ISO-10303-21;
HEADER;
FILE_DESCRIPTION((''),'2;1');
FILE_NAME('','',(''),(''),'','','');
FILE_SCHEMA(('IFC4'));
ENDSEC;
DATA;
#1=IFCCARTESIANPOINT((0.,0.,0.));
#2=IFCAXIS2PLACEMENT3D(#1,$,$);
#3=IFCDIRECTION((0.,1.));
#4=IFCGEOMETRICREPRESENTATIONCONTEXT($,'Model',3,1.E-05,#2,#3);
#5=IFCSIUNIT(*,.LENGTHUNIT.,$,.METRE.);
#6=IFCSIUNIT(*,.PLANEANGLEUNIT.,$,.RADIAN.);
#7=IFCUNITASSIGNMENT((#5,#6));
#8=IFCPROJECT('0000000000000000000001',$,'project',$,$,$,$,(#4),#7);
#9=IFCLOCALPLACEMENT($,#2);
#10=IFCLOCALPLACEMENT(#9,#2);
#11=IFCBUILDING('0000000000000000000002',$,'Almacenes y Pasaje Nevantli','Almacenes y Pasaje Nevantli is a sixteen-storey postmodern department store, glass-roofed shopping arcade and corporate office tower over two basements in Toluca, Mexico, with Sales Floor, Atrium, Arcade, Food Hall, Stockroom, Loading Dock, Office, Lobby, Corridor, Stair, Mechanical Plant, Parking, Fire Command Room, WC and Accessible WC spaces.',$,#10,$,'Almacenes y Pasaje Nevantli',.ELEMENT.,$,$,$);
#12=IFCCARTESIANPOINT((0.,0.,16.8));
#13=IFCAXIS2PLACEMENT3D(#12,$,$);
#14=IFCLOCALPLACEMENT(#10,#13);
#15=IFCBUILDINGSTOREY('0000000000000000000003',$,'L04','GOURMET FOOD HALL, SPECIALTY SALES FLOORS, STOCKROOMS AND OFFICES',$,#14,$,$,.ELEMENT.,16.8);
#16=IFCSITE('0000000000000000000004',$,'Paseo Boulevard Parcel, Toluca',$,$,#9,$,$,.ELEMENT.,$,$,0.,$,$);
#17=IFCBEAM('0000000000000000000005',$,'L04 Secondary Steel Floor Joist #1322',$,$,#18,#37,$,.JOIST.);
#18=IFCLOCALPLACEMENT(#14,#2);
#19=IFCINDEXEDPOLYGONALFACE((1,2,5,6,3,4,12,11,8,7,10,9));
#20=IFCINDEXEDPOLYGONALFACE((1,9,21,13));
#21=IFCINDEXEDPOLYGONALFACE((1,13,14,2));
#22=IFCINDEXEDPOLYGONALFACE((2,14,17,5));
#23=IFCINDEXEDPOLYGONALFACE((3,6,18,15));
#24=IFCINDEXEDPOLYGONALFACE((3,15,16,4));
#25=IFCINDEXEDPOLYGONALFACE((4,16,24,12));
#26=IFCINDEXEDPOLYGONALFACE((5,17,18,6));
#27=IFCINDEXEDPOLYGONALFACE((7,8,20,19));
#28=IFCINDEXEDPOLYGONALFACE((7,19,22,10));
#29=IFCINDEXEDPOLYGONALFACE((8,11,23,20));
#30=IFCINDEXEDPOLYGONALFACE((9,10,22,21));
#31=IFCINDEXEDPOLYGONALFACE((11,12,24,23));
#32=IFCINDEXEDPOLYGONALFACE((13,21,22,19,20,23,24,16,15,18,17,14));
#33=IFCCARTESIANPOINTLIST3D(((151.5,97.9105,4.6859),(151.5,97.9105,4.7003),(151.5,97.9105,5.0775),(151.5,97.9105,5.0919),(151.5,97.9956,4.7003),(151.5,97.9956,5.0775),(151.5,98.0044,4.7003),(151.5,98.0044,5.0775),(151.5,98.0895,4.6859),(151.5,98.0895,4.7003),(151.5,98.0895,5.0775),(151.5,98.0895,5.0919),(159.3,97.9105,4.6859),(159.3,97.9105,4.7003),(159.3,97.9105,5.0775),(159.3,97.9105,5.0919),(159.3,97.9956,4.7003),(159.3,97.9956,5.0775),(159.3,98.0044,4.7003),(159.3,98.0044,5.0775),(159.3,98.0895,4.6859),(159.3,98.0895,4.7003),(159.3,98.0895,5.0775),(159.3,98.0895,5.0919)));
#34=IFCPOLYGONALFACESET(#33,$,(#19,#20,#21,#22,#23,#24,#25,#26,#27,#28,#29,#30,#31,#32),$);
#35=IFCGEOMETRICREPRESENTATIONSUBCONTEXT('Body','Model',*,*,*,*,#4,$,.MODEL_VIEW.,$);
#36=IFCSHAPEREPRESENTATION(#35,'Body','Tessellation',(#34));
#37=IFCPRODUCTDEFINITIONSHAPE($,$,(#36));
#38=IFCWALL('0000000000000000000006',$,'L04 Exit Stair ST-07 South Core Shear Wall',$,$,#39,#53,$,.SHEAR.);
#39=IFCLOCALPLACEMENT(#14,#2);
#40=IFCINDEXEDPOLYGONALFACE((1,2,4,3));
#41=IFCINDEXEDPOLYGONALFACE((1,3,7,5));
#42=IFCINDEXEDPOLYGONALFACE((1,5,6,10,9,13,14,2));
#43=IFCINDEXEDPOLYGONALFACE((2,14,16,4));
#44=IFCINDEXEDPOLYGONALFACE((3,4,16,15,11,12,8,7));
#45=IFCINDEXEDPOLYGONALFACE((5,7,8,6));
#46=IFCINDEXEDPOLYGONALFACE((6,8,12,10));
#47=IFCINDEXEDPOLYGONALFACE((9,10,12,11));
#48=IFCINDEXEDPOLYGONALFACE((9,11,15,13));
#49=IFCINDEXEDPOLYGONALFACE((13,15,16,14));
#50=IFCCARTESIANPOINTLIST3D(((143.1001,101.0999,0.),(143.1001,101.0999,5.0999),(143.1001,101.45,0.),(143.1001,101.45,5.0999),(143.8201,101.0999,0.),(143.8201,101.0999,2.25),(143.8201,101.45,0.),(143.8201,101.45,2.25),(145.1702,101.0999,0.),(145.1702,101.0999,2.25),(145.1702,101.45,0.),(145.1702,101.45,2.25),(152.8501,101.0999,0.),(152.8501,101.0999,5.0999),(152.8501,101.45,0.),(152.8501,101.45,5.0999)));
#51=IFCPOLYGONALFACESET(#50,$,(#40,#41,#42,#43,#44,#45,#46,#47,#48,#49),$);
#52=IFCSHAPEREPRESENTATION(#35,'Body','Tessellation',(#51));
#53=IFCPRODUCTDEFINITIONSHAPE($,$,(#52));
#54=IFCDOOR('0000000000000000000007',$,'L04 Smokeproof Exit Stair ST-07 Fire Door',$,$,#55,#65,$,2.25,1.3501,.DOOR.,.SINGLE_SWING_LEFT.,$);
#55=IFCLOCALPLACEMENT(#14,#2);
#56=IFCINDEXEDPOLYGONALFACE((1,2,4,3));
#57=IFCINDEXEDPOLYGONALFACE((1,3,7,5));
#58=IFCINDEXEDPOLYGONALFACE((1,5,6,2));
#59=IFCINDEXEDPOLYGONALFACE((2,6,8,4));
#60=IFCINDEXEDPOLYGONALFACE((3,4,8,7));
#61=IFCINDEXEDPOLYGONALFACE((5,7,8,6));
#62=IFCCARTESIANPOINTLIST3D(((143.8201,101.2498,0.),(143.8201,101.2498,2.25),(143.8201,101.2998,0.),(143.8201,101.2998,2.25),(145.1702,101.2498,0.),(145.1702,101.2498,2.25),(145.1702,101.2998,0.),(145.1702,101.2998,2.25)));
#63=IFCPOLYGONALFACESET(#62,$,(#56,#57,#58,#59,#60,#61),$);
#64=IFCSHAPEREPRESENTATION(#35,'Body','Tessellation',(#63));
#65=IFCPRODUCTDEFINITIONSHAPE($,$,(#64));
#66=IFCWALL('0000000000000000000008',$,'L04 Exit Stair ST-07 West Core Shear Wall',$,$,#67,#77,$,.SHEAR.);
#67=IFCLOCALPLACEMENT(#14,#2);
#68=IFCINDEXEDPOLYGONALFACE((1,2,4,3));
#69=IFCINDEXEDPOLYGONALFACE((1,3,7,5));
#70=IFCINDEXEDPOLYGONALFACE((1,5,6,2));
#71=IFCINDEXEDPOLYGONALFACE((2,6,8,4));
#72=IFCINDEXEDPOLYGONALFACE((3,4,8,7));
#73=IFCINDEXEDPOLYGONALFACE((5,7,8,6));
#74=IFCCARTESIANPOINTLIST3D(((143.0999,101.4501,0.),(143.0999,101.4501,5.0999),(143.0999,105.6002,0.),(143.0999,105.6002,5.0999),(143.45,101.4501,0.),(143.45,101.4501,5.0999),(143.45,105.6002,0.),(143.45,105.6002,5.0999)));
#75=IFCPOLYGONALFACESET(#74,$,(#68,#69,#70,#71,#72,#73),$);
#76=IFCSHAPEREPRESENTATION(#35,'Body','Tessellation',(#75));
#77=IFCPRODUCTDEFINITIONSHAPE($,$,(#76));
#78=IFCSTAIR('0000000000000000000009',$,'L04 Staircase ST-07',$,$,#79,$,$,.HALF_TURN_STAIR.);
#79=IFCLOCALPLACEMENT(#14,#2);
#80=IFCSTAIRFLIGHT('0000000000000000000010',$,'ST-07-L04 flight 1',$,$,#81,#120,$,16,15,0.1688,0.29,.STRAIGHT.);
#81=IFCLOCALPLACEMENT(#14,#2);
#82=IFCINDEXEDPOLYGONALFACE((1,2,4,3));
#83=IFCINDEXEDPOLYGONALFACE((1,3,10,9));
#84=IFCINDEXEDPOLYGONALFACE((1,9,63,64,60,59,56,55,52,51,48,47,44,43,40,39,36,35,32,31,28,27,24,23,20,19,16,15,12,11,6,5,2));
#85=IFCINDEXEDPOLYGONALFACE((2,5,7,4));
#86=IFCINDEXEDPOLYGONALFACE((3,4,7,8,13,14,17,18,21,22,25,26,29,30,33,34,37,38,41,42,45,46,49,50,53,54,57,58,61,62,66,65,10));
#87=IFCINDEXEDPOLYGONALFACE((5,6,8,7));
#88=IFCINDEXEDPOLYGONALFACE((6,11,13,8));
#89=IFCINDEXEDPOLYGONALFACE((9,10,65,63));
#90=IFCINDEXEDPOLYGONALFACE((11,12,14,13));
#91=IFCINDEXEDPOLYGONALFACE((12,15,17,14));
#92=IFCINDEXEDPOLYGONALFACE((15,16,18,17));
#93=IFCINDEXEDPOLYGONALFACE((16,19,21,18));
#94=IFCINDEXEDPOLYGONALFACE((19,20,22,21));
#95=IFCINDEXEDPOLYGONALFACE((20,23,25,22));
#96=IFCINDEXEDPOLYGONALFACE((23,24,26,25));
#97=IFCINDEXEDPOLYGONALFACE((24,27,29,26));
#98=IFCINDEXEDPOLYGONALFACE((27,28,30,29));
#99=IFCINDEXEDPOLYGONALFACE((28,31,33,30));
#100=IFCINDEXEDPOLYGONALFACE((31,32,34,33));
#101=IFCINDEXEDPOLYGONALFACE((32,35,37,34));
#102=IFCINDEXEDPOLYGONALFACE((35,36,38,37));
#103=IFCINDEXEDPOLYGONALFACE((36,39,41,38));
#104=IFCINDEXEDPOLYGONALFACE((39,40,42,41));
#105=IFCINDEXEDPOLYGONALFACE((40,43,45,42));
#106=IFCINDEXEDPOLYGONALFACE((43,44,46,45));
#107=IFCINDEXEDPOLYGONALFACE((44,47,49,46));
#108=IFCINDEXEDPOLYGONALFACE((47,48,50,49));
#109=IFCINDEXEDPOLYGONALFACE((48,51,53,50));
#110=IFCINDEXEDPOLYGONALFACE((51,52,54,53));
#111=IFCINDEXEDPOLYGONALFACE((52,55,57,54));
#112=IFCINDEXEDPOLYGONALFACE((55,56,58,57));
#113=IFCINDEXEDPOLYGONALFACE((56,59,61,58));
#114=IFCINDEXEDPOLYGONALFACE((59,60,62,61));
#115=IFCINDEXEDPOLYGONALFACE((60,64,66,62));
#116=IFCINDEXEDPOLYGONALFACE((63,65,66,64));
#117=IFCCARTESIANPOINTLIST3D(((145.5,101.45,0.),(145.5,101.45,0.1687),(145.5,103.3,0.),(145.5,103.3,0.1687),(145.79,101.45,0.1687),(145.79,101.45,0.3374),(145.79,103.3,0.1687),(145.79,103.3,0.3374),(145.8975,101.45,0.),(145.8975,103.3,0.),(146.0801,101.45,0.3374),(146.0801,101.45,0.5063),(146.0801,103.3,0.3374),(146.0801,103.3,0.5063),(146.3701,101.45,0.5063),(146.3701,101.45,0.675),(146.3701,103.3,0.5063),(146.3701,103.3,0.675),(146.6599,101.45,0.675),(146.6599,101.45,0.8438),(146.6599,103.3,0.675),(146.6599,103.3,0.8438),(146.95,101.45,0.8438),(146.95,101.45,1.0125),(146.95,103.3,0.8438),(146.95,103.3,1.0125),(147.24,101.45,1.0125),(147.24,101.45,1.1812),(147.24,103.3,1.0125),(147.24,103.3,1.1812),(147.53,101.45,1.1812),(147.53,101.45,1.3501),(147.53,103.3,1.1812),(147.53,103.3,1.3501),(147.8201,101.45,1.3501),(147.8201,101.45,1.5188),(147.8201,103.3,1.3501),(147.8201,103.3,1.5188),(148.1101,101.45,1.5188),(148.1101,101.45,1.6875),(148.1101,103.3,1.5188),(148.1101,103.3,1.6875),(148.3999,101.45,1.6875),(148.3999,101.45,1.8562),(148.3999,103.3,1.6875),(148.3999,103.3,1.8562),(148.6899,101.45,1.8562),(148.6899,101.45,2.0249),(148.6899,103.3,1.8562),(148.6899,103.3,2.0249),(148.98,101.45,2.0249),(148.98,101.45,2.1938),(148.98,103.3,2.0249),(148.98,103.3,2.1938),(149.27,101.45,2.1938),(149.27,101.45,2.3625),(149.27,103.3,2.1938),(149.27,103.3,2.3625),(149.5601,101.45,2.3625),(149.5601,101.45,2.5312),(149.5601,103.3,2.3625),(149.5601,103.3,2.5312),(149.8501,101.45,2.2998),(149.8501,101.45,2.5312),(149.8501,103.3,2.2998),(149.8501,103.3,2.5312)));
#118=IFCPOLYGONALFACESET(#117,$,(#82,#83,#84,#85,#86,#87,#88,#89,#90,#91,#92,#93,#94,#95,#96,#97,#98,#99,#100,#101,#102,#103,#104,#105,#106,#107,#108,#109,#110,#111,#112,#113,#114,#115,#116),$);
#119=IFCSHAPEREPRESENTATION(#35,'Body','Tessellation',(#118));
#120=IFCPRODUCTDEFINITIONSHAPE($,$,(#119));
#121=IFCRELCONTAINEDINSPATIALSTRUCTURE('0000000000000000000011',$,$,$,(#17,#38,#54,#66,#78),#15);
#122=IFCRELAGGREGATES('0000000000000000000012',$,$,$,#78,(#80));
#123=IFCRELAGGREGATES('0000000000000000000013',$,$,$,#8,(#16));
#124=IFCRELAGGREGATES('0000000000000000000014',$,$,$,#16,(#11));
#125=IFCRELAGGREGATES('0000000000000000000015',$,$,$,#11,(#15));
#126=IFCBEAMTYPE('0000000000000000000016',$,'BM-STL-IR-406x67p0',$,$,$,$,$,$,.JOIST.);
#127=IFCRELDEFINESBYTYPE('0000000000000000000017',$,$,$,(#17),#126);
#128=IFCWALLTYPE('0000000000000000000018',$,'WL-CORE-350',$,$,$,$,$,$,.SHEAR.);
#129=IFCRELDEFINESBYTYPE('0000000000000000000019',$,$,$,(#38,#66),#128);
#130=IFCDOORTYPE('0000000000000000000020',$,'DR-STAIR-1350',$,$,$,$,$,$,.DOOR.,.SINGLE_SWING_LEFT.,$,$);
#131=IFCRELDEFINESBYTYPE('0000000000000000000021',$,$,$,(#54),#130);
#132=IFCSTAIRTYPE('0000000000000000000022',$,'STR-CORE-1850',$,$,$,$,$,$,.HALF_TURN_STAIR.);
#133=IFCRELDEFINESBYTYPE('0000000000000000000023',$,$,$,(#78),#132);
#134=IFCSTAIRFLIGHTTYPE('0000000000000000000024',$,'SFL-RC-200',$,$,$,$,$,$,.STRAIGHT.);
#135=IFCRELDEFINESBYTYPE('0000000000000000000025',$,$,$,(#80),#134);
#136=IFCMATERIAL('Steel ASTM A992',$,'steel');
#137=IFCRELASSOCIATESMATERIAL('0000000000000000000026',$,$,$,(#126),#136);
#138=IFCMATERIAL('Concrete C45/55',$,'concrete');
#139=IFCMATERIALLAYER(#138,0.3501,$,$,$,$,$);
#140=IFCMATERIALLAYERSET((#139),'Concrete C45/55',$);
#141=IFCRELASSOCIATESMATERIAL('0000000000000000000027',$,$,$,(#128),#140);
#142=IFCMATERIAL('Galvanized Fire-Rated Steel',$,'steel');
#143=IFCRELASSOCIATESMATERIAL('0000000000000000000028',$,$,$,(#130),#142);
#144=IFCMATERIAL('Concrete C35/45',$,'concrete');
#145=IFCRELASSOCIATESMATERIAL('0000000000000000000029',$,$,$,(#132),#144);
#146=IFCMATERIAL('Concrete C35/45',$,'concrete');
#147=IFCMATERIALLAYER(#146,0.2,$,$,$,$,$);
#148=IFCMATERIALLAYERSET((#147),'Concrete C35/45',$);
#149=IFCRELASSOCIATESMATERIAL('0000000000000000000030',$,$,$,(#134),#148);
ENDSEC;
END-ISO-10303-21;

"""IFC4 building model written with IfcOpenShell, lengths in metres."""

from ifc_helpers import new_model, si_unit, direction, frame, frame_2d, origin, origin_2d, place, context, subcontext, project, spatial, polyline, rectangle, i_section, outline, extrude, material, layer, layer_set, material_profile, profile_set, type_object, element, fill, aggregate, save


model = new_model("IFC4")

# Units and contexts
model_context = context("Model", 3, precision=1e-05, world=origin(), true_north=direction((0.0, 1.0)))
body_context = subcontext(model_context, "Body", "Model", "MODEL_VIEW")
ifc_project = project(units=[si_unit("LENGTHUNIT", "METRE"), si_unit("PLANEANGLEUNIT", "RADIAN")], contexts=[model_context])

# Site, building, storey
site_placement = place(None, origin())
site = spatial("IfcSite", under=ifc_project, at=site_placement, Name="Paseo Boulevard Parcel, Toluca", CompositionType="ELEMENT", RefElevation=0.0)
building_placement = place(site_placement, origin())
building = spatial("IfcBuilding", under=site, at=building_placement, Name="Almacenes y Pasaje Nevantli", Description="Almacenes y Pasaje Nevantli is a sixteen-storey postmodern department store, glass-roofed shopping arcade and corporate office tower over two basements in Toluca, Mexico, with Sales Floor, Atrium, Arcade, Food Hall, Stockroom, Loading Dock, Office, Lobby, Corridor, Stair, Mechanical Plant, Parking, Fire Command Room, WC and Accessible WC spaces.", LongName="Almacenes y Pasaje Nevantli", CompositionType="ELEMENT")
storey_placement = place(building_placement, frame((0.0, 0.0, 16.8)))
storey = spatial("IfcBuildingStorey", under=building, at=storey_placement, Name="L04", Description="GOURMET FOOD HALL, SPECIALTY SALES FLOORS, STOCKROOMS AND OFFICES", CompositionType="ELEMENT", Elevation=16.8)

# Beam
ifc_material_1 = material(Name="Steel ASTM A992", Category="steel")
ifc_material_profile_1 = material_profile(ifc_material_1, i_section(OverallWidth=0.179, OverallDepth=0.406, WebThickness=0.0088, FlangeThickness=0.0144, at=origin_2d()), Name="IR 406x67.0")
ifc_profile_set_1 = profile_set([ifc_material_profile_1], Name="Steel ASTM A992")
beam_type_1 = type_object("IfcBeamType", Name="BM-STL-IR-406x67p0", PredefinedType="JOIST", material=ifc_profile_set_1)
for number, where, z_axis, x_axis, name in (
    (1, (151.5, 98.0, 4.8889), (1.0, 0.0, 0.0), (0.0, 1.0, 0.0), "L04 Secondary Steel Floor Joist #1322"),
):
    element("IfcBeam", number, at=place(storey_placement, frame(where, z_axis=z_axis, x_axis=x_axis)), inside=storey, type_object=beam_type_1, Name=name, PredefinedType="JOIST", context=body_context, shape_type="SweptSolid", body=[
        extrude(i_section(OverallWidth=0.179, OverallDepth=0.406, WebThickness=0.0088, FlangeThickness=0.0144, at=origin_2d()), origin(), (0.0, 0.0, 1.0), 7.8),
    ])

# Wall, opening, door
ifc_material_2 = material(Name="Concrete C45/55", Category="concrete")
ifc_layer_1 = layer(ifc_material_2, 0.3501)
ifc_layer_set_1 = layer_set([ifc_layer_1], Name="Concrete C45/55")
wall_type = type_object("IfcWallType", Name="WL-CORE-350", PredefinedType="SHEAR", material=ifc_layer_set_1)
wall_1_placement = place(storey_placement, frame((143.1001, 101.2749, 0.0), z_axis=(0.0, 0.0, 1.0), x_axis=(1.0, 0.0, 0.0)))
wall_1 = element("IfcWall", 2, at=wall_1_placement, inside=storey, type_object=wall_type, Name="L04 Exit Stair ST-07 South Core Shear Wall", PredefinedType="SHEAR", context=body_context, shape_type="SweptSolid", body=[
    extrude(rectangle(XDim=9.75, YDim=0.3501, at=frame_2d((4.875, 0.0))), origin(), (0.0, 0.0, 1.0), 5.0999),
])
opening_placement = place(wall_1_placement, frame((0.72, 0.0, 0.0)))
opening = element("IfcOpeningElement", 3, at=opening_placement, cuts=wall_1, PredefinedType="OPENING", context=body_context, shape_type="SweptSolid", body=[
    extrude(rectangle(XDim=1.3501, YDim=2.25, at=frame_2d((0.675, 1.125))), frame((0.0, 0.1851, 0.0), z_axis=(0.0, -1.0, 0.0), x_axis=(1.0, 0.0, 0.0)), (0.0, 0.0, 1.0), 0.3701),
])
ifc_material_3 = material(Name="Galvanized Fire-Rated Steel", Category="steel")
door_type = type_object("IfcDoorType", Name="DR-STAIR-1350", OperationType="SINGLE_SWING_LEFT", PredefinedType="DOOR", material=ifc_material_3)
door_placement = place(opening_placement, origin())
door = element("IfcDoor", 4, at=door_placement, inside=storey, type_object=door_type, Name="L04 Smokeproof Exit Stair ST-07 Fire Door", OperationType="SINGLE_SWING_LEFT", OverallHeight=2.25, OverallWidth=1.3501, PredefinedType="DOOR", context=body_context, shape_type="SweptSolid", body=[
    extrude(rectangle(XDim=1.3501, YDim=2.25, at=frame_2d((0.675, 1.125))), frame((0.0, 0.0249, 0.0), z_axis=(0.0, -1.0, 0.0), x_axis=(1.0, 0.0, 0.0)), (0.0, 0.0, 1.0), 0.05),
])
fill(opening, door)

# Wall
wall_2_placement = place(storey_placement, frame((143.2749, 101.45, 0.0), z_axis=(0.0, 0.0, 1.0), x_axis=(0.0, 1.0, 0.0)))
element("IfcWall", 5, at=wall_2_placement, inside=storey, type_object=wall_type, Name="L04 Exit Stair ST-07 West Core Shear Wall", PredefinedType="SHEAR", context=body_context, shape_type="SweptSolid", body=[
    extrude(rectangle(XDim=4.1501, YDim=0.3501, at=frame_2d((2.0752, 0.0))), origin(), (0.0, 0.0, 1.0), 5.0999),
])

# Stair, stair flight
ifc_material_4 = material(Name="Concrete C35/45", Category="concrete")
stair_type = type_object("IfcStairType", Name="STR-CORE-1850", PredefinedType="HALF_TURN_STAIR", material=ifc_material_4)
stair_placement = place(storey_placement, origin())
stair = element("IfcStair", 6, at=stair_placement, inside=storey, type_object=stair_type, Name="L04 Staircase ST-07", PredefinedType="HALF_TURN_STAIR")
ifc_material_5 = material(Name="Concrete C35/45", Category="concrete")
ifc_layer_2 = layer(ifc_material_5, 0.2)
ifc_layer_set_2 = layer_set([ifc_layer_2], Name="Concrete C35/45")
stair_flight_type = type_object("IfcStairFlightType", Name="SFL-RC-200", PredefinedType="STRAIGHT", material=ifc_layer_set_2)
stair_flight_placement = place(storey_placement, frame((145.5, 102.375, 0.0), z_axis=(0.0, 0.0, 1.0), x_axis=(1.0, 0.0, 0.0)))
stair_flight = element("IfcStairFlight", 7, at=stair_flight_placement, type_object=stair_flight_type, Name="ST-07-L04 flight 1", NumberOfRisers=16, NumberOfTreads=15, PredefinedType="STRAIGHT", RiserHeight=0.1688, TreadLength=0.29, context=body_context, shape_type="SweptSolid", body=[
    extrude(outline(polyline([(0.0, 0.0), (0.0, 0.1687), (0.29, 0.1687), (0.29, 0.3374), (0.5801, 0.3374), (0.5801, 0.5063), (0.8701, 0.5063), (0.8701, 0.675), (1.1599, 0.675), (1.1599, 0.8438), (1.45, 0.8438), (1.45, 1.0125), (1.74, 1.0125), (1.74, 1.1812), (2.03, 1.1812), (2.03, 1.3501), (2.3201, 1.3501), (2.3201, 1.5188), (2.6101, 1.5188), (2.6101, 1.6875), (2.8999, 1.6875), (2.8999, 1.8562), (3.1899, 1.8562), (3.1899, 2.0249), (3.48, 2.0249), (3.48, 2.1938), (3.77, 2.1938), (3.77, 2.3625), (4.0601, 2.3625), (4.0601, 2.5312), (4.3501, 2.5312), (4.3501, 2.7), (4.3501, 2.2998), (0.3975, 0.0), (0.0, 0.0)])), frame((0.0, 0.925, 0.0), z_axis=(0.0, -1.0, 0.0), x_axis=(1.0, 0.0, 0.0)), (0.0, 0.0, 1.0), 1.8501),
])
aggregate(stair, [stair_flight])

save(model, "model.ifc")
